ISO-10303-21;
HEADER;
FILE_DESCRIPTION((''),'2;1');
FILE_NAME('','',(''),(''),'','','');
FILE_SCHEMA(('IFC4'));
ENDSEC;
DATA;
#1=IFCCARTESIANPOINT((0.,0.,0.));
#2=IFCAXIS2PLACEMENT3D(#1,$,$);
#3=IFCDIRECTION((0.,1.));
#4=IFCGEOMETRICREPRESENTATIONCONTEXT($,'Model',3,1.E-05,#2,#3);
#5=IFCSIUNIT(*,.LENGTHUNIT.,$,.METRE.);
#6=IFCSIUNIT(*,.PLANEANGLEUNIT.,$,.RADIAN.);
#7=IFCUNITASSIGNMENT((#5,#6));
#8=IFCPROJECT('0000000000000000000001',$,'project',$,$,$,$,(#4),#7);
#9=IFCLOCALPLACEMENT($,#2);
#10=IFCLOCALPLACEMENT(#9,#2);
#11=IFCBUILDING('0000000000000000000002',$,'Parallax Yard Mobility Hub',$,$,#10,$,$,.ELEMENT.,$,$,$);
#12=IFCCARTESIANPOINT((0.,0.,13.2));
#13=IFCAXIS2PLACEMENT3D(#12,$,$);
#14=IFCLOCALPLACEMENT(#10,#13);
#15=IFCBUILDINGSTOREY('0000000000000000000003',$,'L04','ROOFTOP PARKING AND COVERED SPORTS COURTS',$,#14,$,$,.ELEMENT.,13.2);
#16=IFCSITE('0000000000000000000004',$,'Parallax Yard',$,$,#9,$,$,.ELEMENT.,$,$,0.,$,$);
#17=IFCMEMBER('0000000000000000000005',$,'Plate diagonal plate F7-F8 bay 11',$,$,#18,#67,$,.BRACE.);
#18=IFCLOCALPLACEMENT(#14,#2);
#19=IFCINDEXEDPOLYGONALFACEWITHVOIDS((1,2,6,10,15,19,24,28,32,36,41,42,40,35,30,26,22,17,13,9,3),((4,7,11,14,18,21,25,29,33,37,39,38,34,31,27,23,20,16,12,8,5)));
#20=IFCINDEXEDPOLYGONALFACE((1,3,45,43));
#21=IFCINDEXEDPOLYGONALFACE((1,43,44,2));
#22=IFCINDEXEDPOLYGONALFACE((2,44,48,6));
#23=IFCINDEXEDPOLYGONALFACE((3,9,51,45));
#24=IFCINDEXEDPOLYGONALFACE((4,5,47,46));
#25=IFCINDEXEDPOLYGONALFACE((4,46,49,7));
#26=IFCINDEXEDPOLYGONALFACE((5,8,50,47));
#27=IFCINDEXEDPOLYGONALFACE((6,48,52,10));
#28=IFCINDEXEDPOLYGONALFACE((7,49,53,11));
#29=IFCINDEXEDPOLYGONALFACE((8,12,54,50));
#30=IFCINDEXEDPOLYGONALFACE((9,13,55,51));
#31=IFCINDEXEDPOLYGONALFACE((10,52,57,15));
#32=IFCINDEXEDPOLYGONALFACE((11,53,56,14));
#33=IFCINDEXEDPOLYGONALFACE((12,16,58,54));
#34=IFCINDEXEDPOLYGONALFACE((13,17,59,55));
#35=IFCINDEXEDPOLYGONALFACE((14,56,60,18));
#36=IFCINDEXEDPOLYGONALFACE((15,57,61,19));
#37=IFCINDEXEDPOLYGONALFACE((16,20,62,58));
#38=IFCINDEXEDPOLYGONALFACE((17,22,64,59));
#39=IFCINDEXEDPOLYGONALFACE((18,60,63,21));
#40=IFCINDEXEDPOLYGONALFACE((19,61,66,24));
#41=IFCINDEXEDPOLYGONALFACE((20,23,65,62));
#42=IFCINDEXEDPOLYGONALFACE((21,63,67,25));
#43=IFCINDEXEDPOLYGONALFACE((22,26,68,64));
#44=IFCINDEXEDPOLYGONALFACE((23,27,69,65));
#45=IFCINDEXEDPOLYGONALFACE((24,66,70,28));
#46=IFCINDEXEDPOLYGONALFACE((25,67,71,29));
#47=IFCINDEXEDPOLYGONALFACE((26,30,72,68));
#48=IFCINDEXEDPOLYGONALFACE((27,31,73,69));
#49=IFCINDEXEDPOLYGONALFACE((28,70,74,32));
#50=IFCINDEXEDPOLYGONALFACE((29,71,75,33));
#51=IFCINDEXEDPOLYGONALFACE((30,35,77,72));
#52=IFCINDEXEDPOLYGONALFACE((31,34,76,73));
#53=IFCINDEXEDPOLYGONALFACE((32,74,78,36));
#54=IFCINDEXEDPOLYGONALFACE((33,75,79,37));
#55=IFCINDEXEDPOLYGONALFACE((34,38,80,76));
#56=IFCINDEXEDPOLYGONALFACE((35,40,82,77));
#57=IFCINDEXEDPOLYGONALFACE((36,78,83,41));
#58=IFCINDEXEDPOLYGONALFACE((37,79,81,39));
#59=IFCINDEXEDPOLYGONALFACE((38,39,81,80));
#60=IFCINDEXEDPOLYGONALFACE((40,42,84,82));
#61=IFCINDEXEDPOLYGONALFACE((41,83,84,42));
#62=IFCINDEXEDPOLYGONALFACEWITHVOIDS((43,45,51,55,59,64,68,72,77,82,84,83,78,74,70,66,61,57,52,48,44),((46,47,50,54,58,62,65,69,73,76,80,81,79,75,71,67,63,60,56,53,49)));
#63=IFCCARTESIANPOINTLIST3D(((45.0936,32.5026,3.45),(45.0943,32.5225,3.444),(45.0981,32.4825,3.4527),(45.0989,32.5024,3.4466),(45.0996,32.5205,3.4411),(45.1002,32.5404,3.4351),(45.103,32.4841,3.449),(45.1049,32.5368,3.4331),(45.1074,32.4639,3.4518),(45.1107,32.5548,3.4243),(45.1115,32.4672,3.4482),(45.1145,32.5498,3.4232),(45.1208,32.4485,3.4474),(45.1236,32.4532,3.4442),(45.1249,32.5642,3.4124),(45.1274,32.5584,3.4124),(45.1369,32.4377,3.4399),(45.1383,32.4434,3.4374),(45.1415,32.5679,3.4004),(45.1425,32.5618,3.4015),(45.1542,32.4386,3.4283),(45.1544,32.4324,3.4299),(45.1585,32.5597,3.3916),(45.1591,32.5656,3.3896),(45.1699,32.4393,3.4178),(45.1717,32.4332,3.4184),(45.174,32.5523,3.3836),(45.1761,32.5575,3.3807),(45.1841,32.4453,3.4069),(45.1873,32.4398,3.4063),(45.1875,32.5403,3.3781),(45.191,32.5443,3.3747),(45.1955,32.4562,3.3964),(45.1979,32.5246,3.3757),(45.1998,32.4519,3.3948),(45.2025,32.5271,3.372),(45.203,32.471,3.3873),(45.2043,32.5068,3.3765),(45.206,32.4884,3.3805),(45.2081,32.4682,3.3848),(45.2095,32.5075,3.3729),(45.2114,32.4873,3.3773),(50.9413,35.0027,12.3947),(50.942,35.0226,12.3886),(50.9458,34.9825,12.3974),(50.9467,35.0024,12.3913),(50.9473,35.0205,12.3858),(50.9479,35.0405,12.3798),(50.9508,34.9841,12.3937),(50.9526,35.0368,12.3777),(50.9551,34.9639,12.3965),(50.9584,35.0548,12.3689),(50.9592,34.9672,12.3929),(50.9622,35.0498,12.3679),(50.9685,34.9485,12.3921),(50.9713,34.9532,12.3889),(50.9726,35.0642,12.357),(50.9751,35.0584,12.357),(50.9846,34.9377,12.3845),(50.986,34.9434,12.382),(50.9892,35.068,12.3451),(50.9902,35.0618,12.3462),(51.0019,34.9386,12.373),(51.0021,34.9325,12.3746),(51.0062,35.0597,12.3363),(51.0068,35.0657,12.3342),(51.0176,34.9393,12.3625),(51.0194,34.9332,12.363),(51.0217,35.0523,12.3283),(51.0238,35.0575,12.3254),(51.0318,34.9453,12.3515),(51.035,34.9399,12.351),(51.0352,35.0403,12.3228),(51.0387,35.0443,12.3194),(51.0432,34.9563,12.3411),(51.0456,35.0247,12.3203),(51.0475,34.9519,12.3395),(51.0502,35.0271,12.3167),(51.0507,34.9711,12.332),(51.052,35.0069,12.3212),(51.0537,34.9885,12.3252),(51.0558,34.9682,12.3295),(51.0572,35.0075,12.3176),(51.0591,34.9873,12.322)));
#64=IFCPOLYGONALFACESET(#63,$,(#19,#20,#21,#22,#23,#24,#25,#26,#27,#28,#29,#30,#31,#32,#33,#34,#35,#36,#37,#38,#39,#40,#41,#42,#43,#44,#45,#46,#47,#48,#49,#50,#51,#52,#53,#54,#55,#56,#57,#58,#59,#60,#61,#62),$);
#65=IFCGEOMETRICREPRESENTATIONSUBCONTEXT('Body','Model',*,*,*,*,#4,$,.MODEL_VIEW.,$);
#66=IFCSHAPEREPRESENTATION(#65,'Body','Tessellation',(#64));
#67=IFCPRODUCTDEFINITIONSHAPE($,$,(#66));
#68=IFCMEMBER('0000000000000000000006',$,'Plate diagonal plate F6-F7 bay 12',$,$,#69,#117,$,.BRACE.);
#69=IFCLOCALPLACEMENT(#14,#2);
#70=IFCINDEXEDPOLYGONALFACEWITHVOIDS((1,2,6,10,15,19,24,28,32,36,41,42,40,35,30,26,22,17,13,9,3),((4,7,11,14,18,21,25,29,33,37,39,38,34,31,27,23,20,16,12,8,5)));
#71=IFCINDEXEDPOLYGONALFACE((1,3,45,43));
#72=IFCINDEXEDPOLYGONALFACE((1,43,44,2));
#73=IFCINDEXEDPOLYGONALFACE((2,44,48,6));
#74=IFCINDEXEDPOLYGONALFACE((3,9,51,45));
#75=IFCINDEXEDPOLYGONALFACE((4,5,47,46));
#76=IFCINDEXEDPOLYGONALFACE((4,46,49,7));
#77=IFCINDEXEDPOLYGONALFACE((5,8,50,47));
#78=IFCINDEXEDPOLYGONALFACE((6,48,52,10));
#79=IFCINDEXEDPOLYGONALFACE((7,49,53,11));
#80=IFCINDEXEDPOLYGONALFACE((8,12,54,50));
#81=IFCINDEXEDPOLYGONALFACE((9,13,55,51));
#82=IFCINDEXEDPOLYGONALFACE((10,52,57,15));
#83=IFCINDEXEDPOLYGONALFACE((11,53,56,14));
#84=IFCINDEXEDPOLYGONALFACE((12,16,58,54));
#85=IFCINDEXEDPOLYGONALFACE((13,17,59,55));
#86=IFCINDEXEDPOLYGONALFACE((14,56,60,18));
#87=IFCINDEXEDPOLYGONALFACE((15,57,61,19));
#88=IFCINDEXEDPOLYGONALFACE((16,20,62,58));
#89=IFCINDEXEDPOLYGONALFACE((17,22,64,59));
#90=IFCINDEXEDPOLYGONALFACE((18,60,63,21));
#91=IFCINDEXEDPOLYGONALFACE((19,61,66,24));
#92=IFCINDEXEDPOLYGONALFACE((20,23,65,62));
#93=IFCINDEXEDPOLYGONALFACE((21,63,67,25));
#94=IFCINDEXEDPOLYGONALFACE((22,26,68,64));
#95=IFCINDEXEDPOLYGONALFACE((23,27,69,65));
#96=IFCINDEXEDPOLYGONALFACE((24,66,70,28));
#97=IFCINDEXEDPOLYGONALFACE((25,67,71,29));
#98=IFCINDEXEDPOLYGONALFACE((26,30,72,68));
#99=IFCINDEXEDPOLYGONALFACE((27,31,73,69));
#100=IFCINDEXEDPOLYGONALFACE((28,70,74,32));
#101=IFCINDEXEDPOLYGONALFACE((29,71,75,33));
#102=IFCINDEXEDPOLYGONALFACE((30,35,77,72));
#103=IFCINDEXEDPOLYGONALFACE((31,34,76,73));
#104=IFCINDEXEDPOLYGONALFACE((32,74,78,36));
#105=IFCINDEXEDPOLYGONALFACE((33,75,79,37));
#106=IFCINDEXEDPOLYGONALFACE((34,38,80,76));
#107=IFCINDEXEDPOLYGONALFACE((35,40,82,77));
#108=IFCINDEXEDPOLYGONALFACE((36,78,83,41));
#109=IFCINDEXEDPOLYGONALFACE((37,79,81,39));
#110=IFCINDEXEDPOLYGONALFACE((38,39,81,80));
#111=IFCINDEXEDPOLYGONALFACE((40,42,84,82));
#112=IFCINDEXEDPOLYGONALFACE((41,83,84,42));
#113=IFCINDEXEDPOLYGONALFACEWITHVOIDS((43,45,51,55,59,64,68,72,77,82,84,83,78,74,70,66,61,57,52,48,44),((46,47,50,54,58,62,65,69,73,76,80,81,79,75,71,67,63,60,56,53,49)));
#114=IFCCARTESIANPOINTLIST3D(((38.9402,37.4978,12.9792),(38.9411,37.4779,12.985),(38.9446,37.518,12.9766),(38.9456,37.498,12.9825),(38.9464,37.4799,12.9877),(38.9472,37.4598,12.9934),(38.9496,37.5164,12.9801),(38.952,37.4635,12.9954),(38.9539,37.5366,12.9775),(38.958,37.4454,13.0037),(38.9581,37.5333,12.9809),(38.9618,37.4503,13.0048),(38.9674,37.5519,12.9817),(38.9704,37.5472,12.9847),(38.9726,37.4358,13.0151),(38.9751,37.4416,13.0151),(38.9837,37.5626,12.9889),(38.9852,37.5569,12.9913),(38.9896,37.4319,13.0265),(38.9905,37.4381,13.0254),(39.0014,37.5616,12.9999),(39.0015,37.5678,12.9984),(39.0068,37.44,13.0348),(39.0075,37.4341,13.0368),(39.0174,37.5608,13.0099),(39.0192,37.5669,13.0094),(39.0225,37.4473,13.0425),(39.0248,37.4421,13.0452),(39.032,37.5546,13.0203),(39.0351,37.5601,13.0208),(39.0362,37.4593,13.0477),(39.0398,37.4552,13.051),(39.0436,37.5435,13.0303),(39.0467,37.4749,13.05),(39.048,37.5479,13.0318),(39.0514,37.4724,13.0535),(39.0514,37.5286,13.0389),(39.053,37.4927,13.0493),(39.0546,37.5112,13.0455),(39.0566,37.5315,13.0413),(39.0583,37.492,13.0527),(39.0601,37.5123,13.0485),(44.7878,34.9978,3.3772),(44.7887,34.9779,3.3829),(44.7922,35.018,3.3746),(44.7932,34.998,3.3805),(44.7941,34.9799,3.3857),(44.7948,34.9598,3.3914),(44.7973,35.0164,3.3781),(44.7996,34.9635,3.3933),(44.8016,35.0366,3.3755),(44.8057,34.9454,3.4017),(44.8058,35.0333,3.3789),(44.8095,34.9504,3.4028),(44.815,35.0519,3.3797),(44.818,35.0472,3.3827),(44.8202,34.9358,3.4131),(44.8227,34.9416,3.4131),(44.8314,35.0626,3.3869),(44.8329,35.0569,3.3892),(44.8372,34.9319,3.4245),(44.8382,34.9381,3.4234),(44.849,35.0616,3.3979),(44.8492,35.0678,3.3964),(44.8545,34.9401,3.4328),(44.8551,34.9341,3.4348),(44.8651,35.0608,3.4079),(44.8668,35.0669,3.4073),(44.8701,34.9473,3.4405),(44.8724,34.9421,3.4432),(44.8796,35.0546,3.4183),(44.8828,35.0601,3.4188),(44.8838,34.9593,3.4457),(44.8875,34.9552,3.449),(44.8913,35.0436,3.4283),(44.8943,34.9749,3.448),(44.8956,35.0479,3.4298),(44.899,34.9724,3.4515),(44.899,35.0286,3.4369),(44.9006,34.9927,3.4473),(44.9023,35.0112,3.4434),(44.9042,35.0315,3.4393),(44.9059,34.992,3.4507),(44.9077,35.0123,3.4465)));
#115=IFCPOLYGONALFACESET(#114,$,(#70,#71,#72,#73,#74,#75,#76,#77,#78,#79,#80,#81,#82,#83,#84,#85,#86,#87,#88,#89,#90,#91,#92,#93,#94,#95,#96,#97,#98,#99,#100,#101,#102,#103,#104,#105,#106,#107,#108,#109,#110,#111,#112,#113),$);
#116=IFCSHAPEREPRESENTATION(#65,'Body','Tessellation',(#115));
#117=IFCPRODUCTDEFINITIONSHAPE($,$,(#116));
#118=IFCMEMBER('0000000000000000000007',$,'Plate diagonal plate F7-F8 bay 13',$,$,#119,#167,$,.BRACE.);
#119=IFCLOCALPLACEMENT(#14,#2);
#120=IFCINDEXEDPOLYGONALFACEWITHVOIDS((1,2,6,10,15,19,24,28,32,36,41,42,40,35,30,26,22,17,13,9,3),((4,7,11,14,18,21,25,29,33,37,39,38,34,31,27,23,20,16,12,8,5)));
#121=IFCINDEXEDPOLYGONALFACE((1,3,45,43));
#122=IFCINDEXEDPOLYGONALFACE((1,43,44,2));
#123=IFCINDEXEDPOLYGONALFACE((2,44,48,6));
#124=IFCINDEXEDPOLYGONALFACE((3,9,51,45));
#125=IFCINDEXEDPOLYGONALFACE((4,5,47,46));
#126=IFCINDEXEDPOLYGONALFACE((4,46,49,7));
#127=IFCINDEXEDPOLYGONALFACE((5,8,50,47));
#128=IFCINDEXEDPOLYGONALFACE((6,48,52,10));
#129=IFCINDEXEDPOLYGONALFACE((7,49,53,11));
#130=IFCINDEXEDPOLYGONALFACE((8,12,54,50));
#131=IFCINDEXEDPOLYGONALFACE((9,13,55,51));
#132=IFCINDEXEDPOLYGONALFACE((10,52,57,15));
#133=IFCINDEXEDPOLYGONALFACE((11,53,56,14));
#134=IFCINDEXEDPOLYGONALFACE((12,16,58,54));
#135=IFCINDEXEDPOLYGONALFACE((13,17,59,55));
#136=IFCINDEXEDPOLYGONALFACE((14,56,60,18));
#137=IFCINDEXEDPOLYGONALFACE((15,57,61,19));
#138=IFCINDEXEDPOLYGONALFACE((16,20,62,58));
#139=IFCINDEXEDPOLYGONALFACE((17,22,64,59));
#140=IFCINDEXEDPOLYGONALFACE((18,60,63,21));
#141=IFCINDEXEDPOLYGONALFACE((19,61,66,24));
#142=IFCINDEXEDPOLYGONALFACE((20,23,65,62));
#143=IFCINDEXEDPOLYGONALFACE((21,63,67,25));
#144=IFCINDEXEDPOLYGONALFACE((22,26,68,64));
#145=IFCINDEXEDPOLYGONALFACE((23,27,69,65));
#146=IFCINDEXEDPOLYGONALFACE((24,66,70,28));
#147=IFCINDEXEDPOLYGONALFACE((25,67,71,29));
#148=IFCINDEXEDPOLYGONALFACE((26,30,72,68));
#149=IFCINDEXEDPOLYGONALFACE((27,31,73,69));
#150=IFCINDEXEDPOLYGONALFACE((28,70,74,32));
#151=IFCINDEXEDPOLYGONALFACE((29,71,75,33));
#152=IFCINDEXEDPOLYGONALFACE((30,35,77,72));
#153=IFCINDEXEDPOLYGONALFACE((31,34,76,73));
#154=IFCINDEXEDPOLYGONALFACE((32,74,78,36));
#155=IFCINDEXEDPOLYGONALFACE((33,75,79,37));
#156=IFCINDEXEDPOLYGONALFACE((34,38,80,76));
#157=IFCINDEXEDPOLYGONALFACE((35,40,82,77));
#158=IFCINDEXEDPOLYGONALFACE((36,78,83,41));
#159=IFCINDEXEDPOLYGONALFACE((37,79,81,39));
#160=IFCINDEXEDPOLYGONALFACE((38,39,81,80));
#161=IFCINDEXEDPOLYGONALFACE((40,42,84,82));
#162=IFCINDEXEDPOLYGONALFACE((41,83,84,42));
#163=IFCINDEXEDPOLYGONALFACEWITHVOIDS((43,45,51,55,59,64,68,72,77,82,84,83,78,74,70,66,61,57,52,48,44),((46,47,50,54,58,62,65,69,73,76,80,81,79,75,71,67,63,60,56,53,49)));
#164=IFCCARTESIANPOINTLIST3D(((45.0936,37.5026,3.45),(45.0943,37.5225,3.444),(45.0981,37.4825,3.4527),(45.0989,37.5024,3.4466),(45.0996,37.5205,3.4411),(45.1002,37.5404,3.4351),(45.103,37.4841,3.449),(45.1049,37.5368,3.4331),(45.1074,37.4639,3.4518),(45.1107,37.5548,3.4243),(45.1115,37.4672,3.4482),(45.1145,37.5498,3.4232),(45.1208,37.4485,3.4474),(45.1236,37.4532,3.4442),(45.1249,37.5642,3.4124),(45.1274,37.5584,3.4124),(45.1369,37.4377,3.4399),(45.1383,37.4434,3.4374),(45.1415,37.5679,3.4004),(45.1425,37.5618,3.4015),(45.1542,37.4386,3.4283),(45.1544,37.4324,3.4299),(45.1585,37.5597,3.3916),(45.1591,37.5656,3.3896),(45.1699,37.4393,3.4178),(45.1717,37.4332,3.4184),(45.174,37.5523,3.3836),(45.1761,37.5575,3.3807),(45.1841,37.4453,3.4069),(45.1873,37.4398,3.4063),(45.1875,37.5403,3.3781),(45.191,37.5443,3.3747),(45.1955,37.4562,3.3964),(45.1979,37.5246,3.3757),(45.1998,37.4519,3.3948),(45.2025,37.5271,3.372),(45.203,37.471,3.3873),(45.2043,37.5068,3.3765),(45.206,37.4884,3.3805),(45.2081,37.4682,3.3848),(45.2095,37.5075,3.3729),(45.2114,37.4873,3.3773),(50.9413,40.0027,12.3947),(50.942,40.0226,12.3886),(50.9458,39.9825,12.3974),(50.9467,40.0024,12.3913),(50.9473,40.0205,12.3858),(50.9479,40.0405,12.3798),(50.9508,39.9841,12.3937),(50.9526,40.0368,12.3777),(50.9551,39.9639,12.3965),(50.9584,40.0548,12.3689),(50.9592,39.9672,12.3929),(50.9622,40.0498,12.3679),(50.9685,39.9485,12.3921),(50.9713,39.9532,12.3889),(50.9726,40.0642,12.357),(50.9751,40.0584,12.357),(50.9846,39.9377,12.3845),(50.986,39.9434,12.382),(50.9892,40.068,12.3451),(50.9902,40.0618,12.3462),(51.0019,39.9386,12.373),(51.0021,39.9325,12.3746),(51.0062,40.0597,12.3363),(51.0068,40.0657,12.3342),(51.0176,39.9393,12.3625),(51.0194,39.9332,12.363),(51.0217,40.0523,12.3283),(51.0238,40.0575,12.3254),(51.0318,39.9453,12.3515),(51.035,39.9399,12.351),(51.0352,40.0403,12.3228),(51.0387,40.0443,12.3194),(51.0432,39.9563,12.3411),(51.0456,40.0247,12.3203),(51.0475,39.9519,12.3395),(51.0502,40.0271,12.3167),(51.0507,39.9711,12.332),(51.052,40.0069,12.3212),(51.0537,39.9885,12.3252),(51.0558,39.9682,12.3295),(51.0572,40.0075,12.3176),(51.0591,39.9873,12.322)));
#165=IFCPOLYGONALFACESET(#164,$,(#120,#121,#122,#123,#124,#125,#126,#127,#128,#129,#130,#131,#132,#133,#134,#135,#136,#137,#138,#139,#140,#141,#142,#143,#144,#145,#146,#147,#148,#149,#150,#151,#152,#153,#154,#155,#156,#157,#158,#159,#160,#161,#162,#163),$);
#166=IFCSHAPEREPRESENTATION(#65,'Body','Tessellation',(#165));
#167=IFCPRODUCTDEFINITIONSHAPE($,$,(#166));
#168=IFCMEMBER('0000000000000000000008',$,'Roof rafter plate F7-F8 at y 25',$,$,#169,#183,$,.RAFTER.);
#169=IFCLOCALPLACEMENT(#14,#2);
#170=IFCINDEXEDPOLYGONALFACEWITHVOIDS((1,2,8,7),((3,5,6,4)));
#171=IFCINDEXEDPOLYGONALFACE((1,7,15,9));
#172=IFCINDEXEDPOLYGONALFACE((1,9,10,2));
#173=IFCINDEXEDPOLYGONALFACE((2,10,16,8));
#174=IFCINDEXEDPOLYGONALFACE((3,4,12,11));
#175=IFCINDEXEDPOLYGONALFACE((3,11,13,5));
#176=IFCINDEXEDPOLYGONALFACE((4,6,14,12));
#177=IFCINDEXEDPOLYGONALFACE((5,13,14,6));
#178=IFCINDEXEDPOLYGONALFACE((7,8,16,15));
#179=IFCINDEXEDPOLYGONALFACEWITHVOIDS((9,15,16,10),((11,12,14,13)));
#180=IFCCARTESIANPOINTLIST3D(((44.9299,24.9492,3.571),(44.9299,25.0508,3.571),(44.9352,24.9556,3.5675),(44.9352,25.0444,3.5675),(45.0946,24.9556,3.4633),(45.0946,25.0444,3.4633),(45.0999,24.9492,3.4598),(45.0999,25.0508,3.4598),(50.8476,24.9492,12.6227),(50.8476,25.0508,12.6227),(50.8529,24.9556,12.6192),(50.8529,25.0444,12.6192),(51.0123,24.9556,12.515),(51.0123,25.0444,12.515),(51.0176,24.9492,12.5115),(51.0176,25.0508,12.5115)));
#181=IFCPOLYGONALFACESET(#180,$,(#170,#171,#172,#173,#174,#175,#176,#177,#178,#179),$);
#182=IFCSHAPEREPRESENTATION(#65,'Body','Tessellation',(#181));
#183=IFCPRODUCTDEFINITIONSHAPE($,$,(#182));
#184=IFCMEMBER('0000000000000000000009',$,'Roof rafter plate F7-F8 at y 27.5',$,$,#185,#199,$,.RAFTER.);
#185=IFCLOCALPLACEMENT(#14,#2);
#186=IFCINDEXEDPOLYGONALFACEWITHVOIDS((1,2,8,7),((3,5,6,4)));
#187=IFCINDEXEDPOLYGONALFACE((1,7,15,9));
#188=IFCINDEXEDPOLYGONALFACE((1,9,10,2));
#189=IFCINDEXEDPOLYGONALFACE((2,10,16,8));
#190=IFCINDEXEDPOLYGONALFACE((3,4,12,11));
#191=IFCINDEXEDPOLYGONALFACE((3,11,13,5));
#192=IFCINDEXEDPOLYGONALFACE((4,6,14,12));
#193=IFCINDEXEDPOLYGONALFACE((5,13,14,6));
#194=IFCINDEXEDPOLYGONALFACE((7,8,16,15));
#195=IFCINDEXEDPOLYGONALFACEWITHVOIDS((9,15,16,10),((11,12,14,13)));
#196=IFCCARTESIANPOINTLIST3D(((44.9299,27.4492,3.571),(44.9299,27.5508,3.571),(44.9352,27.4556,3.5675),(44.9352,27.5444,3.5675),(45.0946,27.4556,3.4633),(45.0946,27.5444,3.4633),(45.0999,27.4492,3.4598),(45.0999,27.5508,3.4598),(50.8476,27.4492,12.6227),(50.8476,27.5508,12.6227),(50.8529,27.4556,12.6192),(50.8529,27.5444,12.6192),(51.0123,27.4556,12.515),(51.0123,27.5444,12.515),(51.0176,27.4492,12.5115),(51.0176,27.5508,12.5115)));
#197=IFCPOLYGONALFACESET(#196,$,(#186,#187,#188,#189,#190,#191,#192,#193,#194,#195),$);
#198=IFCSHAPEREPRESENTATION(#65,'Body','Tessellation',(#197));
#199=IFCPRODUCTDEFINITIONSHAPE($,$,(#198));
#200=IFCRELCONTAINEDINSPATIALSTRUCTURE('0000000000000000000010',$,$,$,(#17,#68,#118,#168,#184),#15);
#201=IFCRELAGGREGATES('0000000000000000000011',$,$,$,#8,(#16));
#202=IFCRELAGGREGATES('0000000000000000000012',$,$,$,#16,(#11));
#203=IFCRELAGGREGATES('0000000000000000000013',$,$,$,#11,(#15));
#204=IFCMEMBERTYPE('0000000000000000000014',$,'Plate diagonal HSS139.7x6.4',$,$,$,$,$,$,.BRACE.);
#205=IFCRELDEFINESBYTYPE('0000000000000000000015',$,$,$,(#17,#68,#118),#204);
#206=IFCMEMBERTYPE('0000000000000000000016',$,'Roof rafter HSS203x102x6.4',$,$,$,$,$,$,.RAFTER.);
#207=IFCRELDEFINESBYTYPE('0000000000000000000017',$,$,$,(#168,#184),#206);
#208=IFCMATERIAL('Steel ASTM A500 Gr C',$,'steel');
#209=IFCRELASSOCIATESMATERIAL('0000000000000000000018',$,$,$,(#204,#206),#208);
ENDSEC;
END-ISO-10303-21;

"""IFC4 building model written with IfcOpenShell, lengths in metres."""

from ifc_helpers import new_model, si_unit, direction, frame, origin, origin_2d, place, context, subcontext, project, spatial, hollow_rectangle, hollow_circle, extrude, material, material_profile, profile_set, type_object, element, save


model = new_model("IFC4")

# Units and contexts
model_context = context("Model", 3, precision=1e-05, world=origin(), true_north=direction((0.0, 1.0)))
body_context = subcontext(model_context, "Body", "Model", "MODEL_VIEW")
ifc_project = project(units=[si_unit("LENGTHUNIT", "METRE"), si_unit("PLANEANGLEUNIT", "RADIAN")], contexts=[model_context])

# Site, building, storey
site_placement = place(None, origin())
site = spatial("IfcSite", under=ifc_project, at=site_placement, Name="Parallax Yard", CompositionType="ELEMENT", RefElevation=0.0)
building_placement = place(site_placement, origin())
building = spatial("IfcBuilding", under=site, at=building_placement, Name="Parallax Yard Mobility Hub", CompositionType="ELEMENT")
storey_placement = place(building_placement, frame((0.0, 0.0, 13.2)))
storey = spatial("IfcBuildingStorey", under=building, at=storey_placement, Name="L04", Description="ROOFTOP PARKING AND COVERED SPORTS COURTS", CompositionType="ELEMENT", Elevation=13.2)

# Members
ifc_material_1 = material(Name="Steel ASTM A500 Gr C", Category="steel")
ifc_material_profile_1 = material_profile(ifc_material_1, hollow_circle(Radius=0.0698, WallThickness=0.0063, at=origin_2d()), Name="HSS139.7x6.4")
ifc_profile_set_1 = profile_set([ifc_material_profile_1], Name="Steel ASTM A500 Gr C")
member_type_1 = type_object("IfcMemberType", Name="Plate diagonal HSS139.7x6.4", PredefinedType="BRACE", material=ifc_profile_set_1)
member_1_placement = place(storey_placement, frame((45.1523, 32.5, 3.4124), z_axis=(0.532816, 0.22779, 0.814996), x_axis=(-0.393104, 0.919494, 0.0)))
element("IfcMember", 1, at=member_1_placement, inside=storey, type_object=member_type_1, Name="Plate diagonal plate F7-F8 bay 11", PredefinedType="BRACE", context=body_context, shape_type="SweptSolid", body=[
    extrude(hollow_circle(Radius=0.0698, WallThickness=0.0063, at=origin_2d()), origin(), (0.0, 0.0, 1.0), 10.9751),
])
member_2_placement = place(storey_placement, frame((44.8477, 35.0, 3.4131), z_axis=(-0.507735, 0.217068, 0.833718), x_axis=(-0.393104, -0.919494, 0.0)))
element("IfcMember", 2, at=member_2_placement, inside=storey, type_object=member_type_1, Name="Plate diagonal plate F6-F7 bay 12", PredefinedType="BRACE", context=body_context, shape_type="SweptSolid", body=[
    extrude(hollow_circle(Radius=0.0698, WallThickness=0.0063, at=origin_2d()), origin(), (0.0, 0.0, 1.0), 11.5171),
])
member_3_placement = place(storey_placement, frame((45.1523, 37.5, 3.4124), z_axis=(0.532816, 0.22779, 0.814996), x_axis=(-0.393104, 0.919494, 0.0)))
element("IfcMember", 3, at=member_3_placement, inside=storey, type_object=member_type_1, Name="Plate diagonal plate F7-F8 bay 13", PredefinedType="BRACE", context=body_context, shape_type="SweptSolid", body=[
    extrude(hollow_circle(Radius=0.0698, WallThickness=0.0063, at=origin_2d()), origin(), (0.0, 0.0, 1.0), 10.9751),
])
ifc_material_profile_2 = material_profile(ifc_material_1, hollow_rectangle(XDim=0.1016, YDim=0.2031, WallThickness=0.0063, at=origin_2d()), Name="HSS203x102x6.4")
ifc_profile_set_2 = profile_set([ifc_material_profile_2], Name="Steel ASTM A500 Gr C")
member_type_2 = type_object("IfcMemberType", Name="Roof rafter HSS203x102x6.4", PredefinedType="RAFTER", material=ifc_profile_set_2)
for number, where, z_axis, x_axis, name in (
    (4, (45.0149, 25.0, 3.5154), (0.547202, 0.0, 0.837001), (0.0, 1.0, 0.0), "Roof rafter plate F7-F8 at y 25"),
    (5, (45.0149, 27.5, 3.5154), (0.547202, 0.0, 0.837001), (0.0, 1.0, 0.0), "Roof rafter plate F7-F8 at y 27.5"),
):
    element("IfcMember", number, at=place(storey_placement, frame(where, z_axis=z_axis, x_axis=x_axis)), inside=storey, type_object=member_type_2, Name=name, PredefinedType="RAFTER", context=body_context, shape_type="SweptSolid", body=[
        extrude(hollow_rectangle(XDim=0.1016, YDim=0.2031, WallThickness=0.0063, at=origin_2d()), origin(), (0.0, 0.0, 1.0), 10.8145),
    ])

save(model, "model.ifc")
